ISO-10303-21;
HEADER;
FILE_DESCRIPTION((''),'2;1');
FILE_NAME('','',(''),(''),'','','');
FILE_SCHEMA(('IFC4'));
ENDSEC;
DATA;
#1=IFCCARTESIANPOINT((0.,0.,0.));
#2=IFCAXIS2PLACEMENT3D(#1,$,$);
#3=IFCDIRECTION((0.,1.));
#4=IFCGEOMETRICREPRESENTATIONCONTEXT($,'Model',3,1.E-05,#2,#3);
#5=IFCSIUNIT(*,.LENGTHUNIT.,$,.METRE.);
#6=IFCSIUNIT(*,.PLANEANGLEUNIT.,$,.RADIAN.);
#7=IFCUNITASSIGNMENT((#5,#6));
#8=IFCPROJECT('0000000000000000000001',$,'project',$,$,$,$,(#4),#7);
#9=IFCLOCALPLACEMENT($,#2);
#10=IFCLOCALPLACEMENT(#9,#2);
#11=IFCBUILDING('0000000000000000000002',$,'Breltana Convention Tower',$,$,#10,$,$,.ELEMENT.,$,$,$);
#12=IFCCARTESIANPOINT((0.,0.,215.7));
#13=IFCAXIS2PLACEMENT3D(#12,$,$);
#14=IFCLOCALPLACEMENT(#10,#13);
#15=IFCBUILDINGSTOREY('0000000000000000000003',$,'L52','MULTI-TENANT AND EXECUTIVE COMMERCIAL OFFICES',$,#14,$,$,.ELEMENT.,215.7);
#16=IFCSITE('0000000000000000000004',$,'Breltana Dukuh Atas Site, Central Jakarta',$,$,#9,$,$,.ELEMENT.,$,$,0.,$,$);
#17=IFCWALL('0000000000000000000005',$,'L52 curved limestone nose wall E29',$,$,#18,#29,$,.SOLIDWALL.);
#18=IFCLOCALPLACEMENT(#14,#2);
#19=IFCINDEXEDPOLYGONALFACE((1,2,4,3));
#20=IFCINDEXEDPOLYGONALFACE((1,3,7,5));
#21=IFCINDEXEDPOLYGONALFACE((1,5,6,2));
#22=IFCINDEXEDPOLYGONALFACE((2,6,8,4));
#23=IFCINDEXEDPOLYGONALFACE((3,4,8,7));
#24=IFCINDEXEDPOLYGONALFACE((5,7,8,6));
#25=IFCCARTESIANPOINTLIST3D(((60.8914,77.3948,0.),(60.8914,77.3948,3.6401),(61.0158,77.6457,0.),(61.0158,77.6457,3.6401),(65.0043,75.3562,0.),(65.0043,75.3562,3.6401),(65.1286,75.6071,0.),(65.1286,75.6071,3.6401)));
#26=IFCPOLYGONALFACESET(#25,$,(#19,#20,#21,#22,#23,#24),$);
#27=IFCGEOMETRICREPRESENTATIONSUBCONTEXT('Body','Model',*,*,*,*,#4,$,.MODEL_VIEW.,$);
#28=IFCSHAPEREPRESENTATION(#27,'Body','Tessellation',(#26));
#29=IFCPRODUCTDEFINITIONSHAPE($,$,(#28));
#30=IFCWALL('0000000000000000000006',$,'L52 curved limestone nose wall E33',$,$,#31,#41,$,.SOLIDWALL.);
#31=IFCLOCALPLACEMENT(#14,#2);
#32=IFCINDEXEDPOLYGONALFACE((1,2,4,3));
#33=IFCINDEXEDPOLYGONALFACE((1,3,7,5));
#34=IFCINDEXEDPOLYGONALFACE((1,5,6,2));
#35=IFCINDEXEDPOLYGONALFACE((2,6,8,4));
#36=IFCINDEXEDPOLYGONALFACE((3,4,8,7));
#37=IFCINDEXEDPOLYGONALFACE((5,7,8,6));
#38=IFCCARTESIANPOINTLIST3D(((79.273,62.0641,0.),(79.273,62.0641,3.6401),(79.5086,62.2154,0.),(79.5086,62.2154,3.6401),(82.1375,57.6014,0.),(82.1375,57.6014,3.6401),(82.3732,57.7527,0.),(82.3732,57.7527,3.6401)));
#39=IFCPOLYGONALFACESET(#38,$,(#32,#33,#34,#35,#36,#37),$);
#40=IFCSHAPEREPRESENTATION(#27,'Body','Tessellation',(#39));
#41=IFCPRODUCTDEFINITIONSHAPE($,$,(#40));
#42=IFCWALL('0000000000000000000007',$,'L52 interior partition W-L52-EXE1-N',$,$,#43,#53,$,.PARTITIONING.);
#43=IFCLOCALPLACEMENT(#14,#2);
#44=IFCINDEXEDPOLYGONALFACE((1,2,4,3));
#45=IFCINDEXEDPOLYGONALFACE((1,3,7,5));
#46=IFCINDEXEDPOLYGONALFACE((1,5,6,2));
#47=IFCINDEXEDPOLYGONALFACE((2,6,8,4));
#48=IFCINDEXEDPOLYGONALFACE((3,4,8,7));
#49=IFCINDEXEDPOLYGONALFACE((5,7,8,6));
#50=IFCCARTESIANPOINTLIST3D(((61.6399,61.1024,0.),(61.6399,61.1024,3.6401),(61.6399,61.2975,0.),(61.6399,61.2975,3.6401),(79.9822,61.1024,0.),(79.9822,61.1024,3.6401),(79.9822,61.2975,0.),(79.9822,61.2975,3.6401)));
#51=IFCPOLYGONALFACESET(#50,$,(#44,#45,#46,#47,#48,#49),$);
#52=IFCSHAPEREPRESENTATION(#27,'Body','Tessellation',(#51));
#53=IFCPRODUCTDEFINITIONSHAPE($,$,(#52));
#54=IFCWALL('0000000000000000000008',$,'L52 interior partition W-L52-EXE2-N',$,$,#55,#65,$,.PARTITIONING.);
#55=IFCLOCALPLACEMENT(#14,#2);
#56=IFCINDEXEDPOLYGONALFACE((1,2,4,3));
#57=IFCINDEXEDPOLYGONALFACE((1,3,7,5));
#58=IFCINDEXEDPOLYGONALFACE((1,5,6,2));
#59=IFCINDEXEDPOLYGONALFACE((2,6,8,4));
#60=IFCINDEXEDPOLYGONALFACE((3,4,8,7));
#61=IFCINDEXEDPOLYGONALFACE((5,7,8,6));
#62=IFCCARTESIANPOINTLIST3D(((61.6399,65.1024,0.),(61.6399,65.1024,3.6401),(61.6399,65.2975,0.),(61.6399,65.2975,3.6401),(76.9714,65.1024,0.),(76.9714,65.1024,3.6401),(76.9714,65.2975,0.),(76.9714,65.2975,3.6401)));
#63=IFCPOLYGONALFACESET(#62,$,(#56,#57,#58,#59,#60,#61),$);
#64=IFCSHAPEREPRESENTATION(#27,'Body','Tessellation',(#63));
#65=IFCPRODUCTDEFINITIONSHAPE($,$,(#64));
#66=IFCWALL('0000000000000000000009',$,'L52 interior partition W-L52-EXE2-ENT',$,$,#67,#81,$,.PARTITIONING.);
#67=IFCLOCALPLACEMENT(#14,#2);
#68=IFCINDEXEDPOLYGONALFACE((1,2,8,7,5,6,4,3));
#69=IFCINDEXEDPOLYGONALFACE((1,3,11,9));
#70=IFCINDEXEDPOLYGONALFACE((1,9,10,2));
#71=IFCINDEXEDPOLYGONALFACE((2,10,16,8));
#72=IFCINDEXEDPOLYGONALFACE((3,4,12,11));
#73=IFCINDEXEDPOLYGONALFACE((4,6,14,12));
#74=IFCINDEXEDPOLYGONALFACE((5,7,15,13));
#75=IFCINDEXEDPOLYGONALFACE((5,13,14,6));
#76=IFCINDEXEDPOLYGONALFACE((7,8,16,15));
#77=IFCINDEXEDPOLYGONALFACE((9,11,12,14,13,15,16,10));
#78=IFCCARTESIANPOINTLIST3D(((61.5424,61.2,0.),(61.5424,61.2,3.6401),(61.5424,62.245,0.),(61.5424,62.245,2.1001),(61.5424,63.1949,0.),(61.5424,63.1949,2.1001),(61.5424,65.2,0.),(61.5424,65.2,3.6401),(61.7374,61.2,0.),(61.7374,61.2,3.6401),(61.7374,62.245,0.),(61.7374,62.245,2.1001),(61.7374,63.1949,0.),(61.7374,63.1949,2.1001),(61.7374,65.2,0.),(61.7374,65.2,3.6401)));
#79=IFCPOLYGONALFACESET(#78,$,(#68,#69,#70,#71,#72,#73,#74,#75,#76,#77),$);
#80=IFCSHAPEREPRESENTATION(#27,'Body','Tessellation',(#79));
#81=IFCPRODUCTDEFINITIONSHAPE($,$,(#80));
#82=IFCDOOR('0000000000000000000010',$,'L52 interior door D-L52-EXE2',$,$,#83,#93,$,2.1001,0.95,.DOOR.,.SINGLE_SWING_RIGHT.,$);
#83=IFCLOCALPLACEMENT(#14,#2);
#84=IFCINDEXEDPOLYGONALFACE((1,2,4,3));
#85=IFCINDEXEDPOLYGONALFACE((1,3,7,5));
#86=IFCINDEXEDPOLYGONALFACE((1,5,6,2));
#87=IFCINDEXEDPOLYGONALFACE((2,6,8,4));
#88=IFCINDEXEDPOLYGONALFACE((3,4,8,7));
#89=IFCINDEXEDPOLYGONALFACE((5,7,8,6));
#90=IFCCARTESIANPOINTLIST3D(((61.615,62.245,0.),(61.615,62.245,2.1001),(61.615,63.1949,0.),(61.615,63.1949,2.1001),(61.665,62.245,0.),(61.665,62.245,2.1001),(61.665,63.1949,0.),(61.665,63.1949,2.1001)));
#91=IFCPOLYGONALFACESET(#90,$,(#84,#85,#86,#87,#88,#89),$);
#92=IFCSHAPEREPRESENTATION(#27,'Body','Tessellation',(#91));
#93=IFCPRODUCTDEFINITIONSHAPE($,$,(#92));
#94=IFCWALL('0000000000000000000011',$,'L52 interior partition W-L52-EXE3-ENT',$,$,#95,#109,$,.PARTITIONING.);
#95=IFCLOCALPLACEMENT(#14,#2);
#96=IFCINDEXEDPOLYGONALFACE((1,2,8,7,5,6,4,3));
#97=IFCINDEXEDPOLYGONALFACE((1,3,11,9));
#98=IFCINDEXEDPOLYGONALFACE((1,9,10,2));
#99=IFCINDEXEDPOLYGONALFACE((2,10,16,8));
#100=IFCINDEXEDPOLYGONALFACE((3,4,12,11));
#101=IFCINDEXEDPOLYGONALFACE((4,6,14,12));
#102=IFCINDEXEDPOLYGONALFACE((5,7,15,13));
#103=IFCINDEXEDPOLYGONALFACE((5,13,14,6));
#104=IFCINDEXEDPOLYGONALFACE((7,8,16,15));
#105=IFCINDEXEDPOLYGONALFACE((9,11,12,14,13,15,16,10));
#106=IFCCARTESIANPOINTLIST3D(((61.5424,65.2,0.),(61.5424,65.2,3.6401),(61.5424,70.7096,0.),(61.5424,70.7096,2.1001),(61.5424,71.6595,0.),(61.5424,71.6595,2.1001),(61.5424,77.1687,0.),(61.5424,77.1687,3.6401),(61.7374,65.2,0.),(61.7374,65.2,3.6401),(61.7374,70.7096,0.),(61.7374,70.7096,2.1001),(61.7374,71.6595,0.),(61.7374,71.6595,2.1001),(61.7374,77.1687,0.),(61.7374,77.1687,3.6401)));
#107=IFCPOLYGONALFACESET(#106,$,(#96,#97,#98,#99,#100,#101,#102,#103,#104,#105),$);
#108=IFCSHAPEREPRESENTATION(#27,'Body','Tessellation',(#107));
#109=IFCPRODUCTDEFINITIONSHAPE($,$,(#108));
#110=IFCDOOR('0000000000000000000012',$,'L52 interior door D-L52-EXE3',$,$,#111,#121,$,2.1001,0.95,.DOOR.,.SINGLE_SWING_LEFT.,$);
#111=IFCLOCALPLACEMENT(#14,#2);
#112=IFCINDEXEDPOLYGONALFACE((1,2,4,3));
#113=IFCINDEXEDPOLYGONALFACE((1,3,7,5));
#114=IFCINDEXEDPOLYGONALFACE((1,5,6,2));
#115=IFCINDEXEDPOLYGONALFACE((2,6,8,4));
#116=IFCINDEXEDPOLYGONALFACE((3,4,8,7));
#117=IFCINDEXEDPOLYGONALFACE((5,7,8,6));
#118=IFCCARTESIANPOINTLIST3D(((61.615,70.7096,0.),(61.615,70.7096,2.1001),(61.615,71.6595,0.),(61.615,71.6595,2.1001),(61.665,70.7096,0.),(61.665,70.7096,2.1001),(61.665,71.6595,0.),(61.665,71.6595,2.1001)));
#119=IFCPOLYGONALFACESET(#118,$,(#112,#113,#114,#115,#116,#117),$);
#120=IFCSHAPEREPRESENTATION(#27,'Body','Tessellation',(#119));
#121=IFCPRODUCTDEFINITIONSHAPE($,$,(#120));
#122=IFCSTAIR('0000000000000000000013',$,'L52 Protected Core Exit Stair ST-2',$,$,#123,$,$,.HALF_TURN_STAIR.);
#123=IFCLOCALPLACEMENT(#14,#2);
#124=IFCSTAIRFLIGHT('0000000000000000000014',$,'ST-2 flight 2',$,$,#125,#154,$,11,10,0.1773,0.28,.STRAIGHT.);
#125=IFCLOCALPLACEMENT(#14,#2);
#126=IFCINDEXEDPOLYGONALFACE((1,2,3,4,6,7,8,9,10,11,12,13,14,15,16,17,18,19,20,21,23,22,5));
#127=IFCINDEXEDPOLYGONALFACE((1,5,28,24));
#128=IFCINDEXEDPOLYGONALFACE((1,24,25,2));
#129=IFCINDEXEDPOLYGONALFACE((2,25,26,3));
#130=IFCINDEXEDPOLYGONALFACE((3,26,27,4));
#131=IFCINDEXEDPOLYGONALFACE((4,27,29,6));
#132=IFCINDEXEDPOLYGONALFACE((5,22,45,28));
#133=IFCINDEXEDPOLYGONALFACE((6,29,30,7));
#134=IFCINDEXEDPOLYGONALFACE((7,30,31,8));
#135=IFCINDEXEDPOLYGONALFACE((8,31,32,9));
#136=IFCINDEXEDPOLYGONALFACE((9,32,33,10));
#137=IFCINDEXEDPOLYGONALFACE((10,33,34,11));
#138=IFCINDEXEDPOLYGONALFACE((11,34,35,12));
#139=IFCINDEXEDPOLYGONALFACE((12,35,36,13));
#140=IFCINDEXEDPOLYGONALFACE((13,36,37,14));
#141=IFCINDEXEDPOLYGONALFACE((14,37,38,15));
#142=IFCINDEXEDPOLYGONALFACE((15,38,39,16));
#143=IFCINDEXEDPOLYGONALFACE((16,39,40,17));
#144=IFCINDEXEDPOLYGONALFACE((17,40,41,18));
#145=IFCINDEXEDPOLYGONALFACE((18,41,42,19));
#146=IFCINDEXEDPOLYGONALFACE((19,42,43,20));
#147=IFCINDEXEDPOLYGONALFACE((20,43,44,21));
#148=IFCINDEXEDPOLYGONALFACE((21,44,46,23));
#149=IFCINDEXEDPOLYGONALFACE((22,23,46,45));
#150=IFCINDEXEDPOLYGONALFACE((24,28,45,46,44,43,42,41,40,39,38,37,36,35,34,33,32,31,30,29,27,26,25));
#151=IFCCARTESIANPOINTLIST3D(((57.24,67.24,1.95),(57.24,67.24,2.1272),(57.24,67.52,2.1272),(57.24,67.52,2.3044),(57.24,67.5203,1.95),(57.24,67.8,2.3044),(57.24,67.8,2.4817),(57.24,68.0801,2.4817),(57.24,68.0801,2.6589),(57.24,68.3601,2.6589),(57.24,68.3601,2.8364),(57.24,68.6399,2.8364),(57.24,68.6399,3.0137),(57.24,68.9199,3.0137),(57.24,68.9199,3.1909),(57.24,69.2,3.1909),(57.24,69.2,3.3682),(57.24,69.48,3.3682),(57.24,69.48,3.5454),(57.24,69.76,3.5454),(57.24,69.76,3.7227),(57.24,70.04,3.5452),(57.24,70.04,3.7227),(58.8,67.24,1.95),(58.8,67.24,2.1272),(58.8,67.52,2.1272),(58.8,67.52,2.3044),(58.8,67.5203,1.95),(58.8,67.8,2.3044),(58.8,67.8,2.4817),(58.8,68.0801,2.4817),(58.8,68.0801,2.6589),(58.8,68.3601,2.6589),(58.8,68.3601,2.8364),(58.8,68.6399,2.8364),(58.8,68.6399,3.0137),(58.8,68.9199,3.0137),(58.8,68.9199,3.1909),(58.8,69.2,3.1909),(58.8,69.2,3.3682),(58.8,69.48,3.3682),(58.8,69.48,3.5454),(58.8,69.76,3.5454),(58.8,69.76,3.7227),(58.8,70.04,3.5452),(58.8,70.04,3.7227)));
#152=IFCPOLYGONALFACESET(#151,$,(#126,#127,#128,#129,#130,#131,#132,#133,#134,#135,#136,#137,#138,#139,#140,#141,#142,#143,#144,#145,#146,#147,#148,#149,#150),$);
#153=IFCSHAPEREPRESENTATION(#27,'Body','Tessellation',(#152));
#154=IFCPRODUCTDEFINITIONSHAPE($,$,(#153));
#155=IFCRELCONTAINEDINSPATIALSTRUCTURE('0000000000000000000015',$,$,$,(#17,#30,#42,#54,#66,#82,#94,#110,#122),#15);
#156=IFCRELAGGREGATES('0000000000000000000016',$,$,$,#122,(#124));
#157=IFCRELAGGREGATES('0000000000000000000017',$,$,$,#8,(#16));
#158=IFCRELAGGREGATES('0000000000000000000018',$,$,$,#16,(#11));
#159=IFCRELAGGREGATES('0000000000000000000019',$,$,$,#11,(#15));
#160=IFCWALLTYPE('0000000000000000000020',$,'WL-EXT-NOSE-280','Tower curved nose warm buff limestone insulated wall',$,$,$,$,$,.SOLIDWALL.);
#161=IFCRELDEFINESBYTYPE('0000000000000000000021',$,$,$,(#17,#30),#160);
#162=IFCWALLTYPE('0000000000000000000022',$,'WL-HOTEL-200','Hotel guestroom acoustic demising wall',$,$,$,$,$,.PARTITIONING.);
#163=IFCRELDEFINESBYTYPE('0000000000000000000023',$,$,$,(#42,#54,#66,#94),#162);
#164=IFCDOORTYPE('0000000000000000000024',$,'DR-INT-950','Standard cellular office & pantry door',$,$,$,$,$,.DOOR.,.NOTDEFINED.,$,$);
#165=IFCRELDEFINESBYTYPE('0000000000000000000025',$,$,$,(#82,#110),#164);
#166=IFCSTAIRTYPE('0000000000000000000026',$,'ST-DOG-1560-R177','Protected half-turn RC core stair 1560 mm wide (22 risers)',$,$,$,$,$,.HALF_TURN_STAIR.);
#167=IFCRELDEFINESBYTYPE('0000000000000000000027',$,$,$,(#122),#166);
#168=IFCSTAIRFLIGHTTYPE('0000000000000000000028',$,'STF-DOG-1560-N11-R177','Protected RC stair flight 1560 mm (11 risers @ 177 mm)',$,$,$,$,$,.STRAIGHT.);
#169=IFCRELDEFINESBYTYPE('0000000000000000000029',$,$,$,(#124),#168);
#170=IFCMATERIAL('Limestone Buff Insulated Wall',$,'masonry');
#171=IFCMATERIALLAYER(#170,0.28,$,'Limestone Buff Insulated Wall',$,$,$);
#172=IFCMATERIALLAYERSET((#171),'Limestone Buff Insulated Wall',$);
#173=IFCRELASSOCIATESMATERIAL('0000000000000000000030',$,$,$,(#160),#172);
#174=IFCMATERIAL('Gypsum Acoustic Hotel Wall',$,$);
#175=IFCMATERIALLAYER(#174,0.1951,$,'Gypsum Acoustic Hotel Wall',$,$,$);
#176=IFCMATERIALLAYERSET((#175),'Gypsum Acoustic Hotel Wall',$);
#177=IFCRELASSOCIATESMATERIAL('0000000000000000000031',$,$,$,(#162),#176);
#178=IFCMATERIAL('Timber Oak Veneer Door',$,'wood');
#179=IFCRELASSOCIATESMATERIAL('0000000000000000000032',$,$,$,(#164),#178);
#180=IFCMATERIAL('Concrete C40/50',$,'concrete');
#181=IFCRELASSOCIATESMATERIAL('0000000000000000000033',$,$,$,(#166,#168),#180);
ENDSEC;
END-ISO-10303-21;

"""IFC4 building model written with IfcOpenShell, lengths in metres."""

from ifc_helpers import new_model, si_unit, direction, frame, frame_2d, origin, place, context, subcontext, project, spatial, polyline, rectangle, outline, extrude, source, transform, mapped, material, layer, layer_set, type_object, type_shapes, element, fill, aggregate, save


model = new_model("IFC4")

# Units and contexts
model_context = context("Model", 3, precision=1e-05, world=origin(), true_north=direction((0.0, 1.0)))
body_context = subcontext(model_context, "Body", "Model", "MODEL_VIEW")
ifc_project = project(units=[si_unit("LENGTHUNIT", "METRE"), si_unit("PLANEANGLEUNIT", "RADIAN")], contexts=[model_context])

# Site, building, storey
site_placement = place(None, origin())
site = spatial("IfcSite", under=ifc_project, at=site_placement, Name="Breltana Dukuh Atas Site, Central Jakarta", CompositionType="ELEMENT", RefElevation=0.0)
building_placement = place(site_placement, origin())
building = spatial("IfcBuilding", under=site, at=building_placement, Name="Breltana Convention Tower", CompositionType="ELEMENT")
storey_placement = place(building_placement, frame((0.0, 0.0, 215.7)))
storey = spatial("IfcBuildingStorey", under=building, at=storey_placement, Name="L52", Description="MULTI-TENANT AND EXECUTIVE COMMERCIAL OFFICES", CompositionType="ELEMENT", Elevation=215.7)

# Walls
ifc_material_1 = material(Name="Limestone Buff Insulated Wall", Category="masonry")
ifc_layer_1 = layer(ifc_material_1, 0.28, Name="Limestone Buff Insulated Wall")
ifc_layer_set_1 = layer_set([ifc_layer_1], Name="Limestone Buff Insulated Wall")
wall_type_1 = type_object("IfcWallType", Name="WL-EXT-NOSE-280", Description="Tower curved nose warm buff limestone insulated wall", PredefinedType="SOLIDWALL", material=ifc_layer_set_1)
shared_shape_1 = source(origin(), body_context, "Body", "SweptSolid", [
    extrude(rectangle(XDim=4.5903, YDim=0.28, at=frame_2d((2.2952, 0.0))), origin(), (0.0, 0.0, 1.0), 3.6401),
])
wall_1_placement = place(storey_placement, frame((60.9536, 77.5203, 0.0), z_axis=(0.0, 0.0, 1.0), x_axis=(0.895975, -0.444105, 0.0)))
element("IfcWall", 1, at=wall_1_placement, inside=storey, type_object=wall_type_1, Name="L52 curved limestone nose wall E29", PredefinedType="SOLIDWALL", context=body_context, shape_type="MappedRepresentation", body=[
    mapped(shared_shape_1, transform((0.0, 0.0, 0.0), scale=1.0)),
])
shared_shape_2 = source(origin(), body_context, "Body", "SweptSolid", [
    extrude(rectangle(XDim=5.303, YDim=0.28, at=frame_2d((2.6514, 0.0))), origin(), (0.0, 0.0, 1.0), 3.6401),
])
wall_2_placement = place(storey_placement, frame((79.3909, 62.1396, 0.0), z_axis=(0.0, 0.0, 1.0), x_axis=(0.540178, -0.841551, 0.0)))
element("IfcWall", 2, at=wall_2_placement, inside=storey, type_object=wall_type_1, Name="L52 curved limestone nose wall E33", PredefinedType="SOLIDWALL", context=body_context, shape_type="MappedRepresentation", body=[
    mapped(shared_shape_2, transform((0.0, 0.0, 0.0), scale=1.0)),
])
ifc_material_2 = material(Name="Gypsum Acoustic Hotel Wall")
ifc_layer_2 = layer(ifc_material_2, 0.1951, Name="Gypsum Acoustic Hotel Wall")
ifc_layer_set_2 = layer_set([ifc_layer_2], Name="Gypsum Acoustic Hotel Wall")
wall_type_2 = type_object("IfcWallType", Name="WL-HOTEL-200", Description="Hotel guestroom acoustic demising wall", PredefinedType="PARTITIONING", material=ifc_layer_set_2)
shared_shape_3 = source(origin(), body_context, "Body", "SweptSolid", [
    extrude(rectangle(XDim=18.3423, YDim=0.1951, at=frame_2d((9.1711, 0.0))), origin(), (0.0, 0.0, 1.0), 3.6401),
])
wall_3_placement = place(storey_placement, frame((61.6399, 61.2, 0.0), z_axis=(0.0, 0.0, 1.0), x_axis=(1.0, 0.0, 0.0)))
element("IfcWall", 3, at=wall_3_placement, inside=storey, type_object=wall_type_2, Name="L52 interior partition W-L52-EXE1-N", PredefinedType="PARTITIONING", context=body_context, shape_type="MappedRepresentation", body=[
    mapped(shared_shape_3, transform((0.0, 0.0, 0.0), scale=1.0)),
])
shared_shape_4 = source(origin(), body_context, "Body", "SweptSolid", [
    extrude(rectangle(XDim=15.3315, YDim=0.1951, at=frame_2d((7.6658, 0.0))), origin(), (0.0, 0.0, 1.0), 3.6401),
])
wall_4_placement = place(storey_placement, frame((61.6399, 65.2, 0.0), z_axis=(0.0, 0.0, 1.0), x_axis=(1.0, 0.0, 0.0)))
element("IfcWall", 4, at=wall_4_placement, inside=storey, type_object=wall_type_2, Name="L52 interior partition W-L52-EXE2-N", PredefinedType="PARTITIONING", context=body_context, shape_type="MappedRepresentation", body=[
    mapped(shared_shape_4, transform((0.0, 0.0, 0.0), scale=1.0)),
])

# Walls, openings, doors
shared_shape_5 = source(origin(), body_context, "Body", "SweptSolid", [
    extrude(rectangle(XDim=4.0, YDim=0.1951, at=frame_2d((2.0, 0.0))), origin(), (0.0, 0.0, 1.0), 3.6401),
])
wall_5_placement = place(storey_placement, frame((61.6399, 61.2, 0.0), z_axis=(0.0, 0.0, 1.0), x_axis=(0.0, 1.0, 0.0)))
wall_5 = element("IfcWall", 5, at=wall_5_placement, inside=storey, type_object=wall_type_2, Name="L52 interior partition W-L52-EXE2-ENT", PredefinedType="PARTITIONING", context=body_context, shape_type="MappedRepresentation", body=[
    mapped(shared_shape_5, transform((0.0, 0.0, 0.0), scale=1.0)),
])
opening_1_placement = place(wall_5_placement, frame((1.0449, 0.0, 0.0)))
opening_1 = element("IfcOpeningElement", 6, at=opening_1_placement, cuts=wall_5, PredefinedType="OPENING", context=body_context, shape_type="SweptSolid", body=[
    extrude(rectangle(XDim=0.95, YDim=2.1001, at=frame_2d((0.4751, 1.05))), frame((0.0, 0.1074, 0.0), z_axis=(0.0, -1.0, 0.0), x_axis=(1.0, 0.0, 0.0)), (0.0, 0.0, 1.0), 0.2151),
])
ifc_material_3 = material(Name="Timber Oak Veneer Door", Category="wood")
door_type = type_object("IfcDoorType", Name="DR-INT-950", Description="Standard cellular office & pantry door", OperationType="NOTDEFINED", PredefinedType="DOOR", material=ifc_material_3)
shared_shape_6 = source(origin(), body_context, "Body", "SweptSolid", [
    extrude(rectangle(XDim=0.95, YDim=2.1001, at=frame_2d((0.4751, 1.05))), frame((0.0, 0.0249, 0.0), z_axis=(0.0, -1.0, 0.0), x_axis=(1.0, 0.0, 0.0)), (0.0, 0.0, 1.0), 0.05),
])
type_shapes(door_type, [shared_shape_6])
door_1_placement = place(opening_1_placement, origin())
door_1 = element("IfcDoor", 7, at=door_1_placement, inside=storey, type_object=door_type, Name="L52 interior door D-L52-EXE2", OperationType="SINGLE_SWING_RIGHT", OverallHeight=2.1001, OverallWidth=0.95, PredefinedType="DOOR", context=body_context, shape_type="MappedRepresentation", body=[
    mapped(shared_shape_6, transform((0.0, 0.0, 0.0), scale=1.0)),
])
fill(opening_1, door_1)
shared_shape_7 = source(origin(), body_context, "Body", "SweptSolid", [
    extrude(rectangle(XDim=11.9688, YDim=0.1951, at=frame_2d((5.9844, 0.0))), origin(), (0.0, 0.0, 1.0), 3.6401),
])
wall_6_placement = place(storey_placement, frame((61.6399, 65.2, 0.0), z_axis=(0.0, 0.0, 1.0), x_axis=(0.0, 1.0, 0.0)))
wall_6 = element("IfcWall", 8, at=wall_6_placement, inside=storey, type_object=wall_type_2, Name="L52 interior partition W-L52-EXE3-ENT", PredefinedType="PARTITIONING", context=body_context, shape_type="MappedRepresentation", body=[
    mapped(shared_shape_7, transform((0.0, 0.0, 0.0), scale=1.0)),
])
opening_2_placement = place(wall_6_placement, frame((5.5095, 0.0, 0.0)))
opening_2 = element("IfcOpeningElement", 9, at=opening_2_placement, cuts=wall_6, PredefinedType="OPENING", context=body_context, shape_type="SweptSolid", body=[
    extrude(rectangle(XDim=0.95, YDim=2.1001, at=frame_2d((0.4751, 1.05))), frame((0.0, 0.1074, 0.0), z_axis=(0.0, -1.0, 0.0), x_axis=(1.0, 0.0, 0.0)), (0.0, 0.0, 1.0), 0.2151),
])
door_2_placement = place(opening_2_placement, origin())
door_2 = element("IfcDoor", 10, at=door_2_placement, inside=storey, type_object=door_type, Name="L52 interior door D-L52-EXE3", OperationType="SINGLE_SWING_LEFT", OverallHeight=2.1001, OverallWidth=0.95, PredefinedType="DOOR", context=body_context, shape_type="MappedRepresentation", body=[
    mapped(shared_shape_6, transform((0.0, 0.0, 0.0), scale=1.0)),
])
fill(opening_2, door_2)

# Stair, stair flight
ifc_material_4 = material(Name="Concrete C40/50", Category="concrete")
stair_type = type_object("IfcStairType", Name="ST-DOG-1560-R177", Description="Protected half-turn RC core stair 1560 mm wide (22 risers)", PredefinedType="HALF_TURN_STAIR", material=ifc_material_4)
stair_placement = place(storey_placement, origin())
stair = element("IfcStair", 11, at=stair_placement, inside=storey, type_object=stair_type, Name="L52 Protected Core Exit Stair ST-2", PredefinedType="HALF_TURN_STAIR")
stair_flight_type = type_object("IfcStairFlightType", Name="STF-DOG-1560-N11-R177", Description="Protected RC stair flight 1560 mm (11 risers @ 177 mm)", PredefinedType="STRAIGHT", material=ifc_material_4)
stair_flight_placement = place(storey_placement, frame((58.02, 67.24, 1.95), z_axis=(0.0, 0.0, 1.0), x_axis=(0.0, 1.0, 0.0)))
stair_flight = element("IfcStairFlight", 12, at=stair_flight_placement, type_object=stair_flight_type, Name="ST-2 flight 2", NumberOfRisers=11, NumberOfTreads=10, PredefinedType="STRAIGHT", RiserHeight=0.1773, TreadLength=0.28, context=body_context, shape_type="SweptSolid", body=[
    extrude(outline(polyline([(0.0, 0.0), (0.0, 0.1772), (0.28, 0.1772), (0.28, 0.3545), (0.5601, 0.3545), (0.5601, 0.5317), (0.8401, 0.5317), (0.8401, 0.709), (1.1201, 0.709), (1.1201, 0.8865), (1.3999, 0.8865), (1.3999, 1.0637), (1.6799, 1.0637), (1.6799, 1.241), (1.96, 1.241), (1.96, 1.4182), (2.24, 1.4182), (2.24, 1.5955), (2.52, 1.5955), (2.52, 1.7727), (2.8, 1.7727), (2.8, 1.95), (2.8, 1.5952), (0.2803, 0.0), (0.0, 0.0)])), frame((0.0, 0.78, 0.0), z_axis=(0.0, -1.0, 0.0), x_axis=(1.0, 0.0, 0.0)), (0.0, 0.0, 1.0), 1.5601),
])
aggregate(stair, [stair_flight])

save(model, "model.ifc")
